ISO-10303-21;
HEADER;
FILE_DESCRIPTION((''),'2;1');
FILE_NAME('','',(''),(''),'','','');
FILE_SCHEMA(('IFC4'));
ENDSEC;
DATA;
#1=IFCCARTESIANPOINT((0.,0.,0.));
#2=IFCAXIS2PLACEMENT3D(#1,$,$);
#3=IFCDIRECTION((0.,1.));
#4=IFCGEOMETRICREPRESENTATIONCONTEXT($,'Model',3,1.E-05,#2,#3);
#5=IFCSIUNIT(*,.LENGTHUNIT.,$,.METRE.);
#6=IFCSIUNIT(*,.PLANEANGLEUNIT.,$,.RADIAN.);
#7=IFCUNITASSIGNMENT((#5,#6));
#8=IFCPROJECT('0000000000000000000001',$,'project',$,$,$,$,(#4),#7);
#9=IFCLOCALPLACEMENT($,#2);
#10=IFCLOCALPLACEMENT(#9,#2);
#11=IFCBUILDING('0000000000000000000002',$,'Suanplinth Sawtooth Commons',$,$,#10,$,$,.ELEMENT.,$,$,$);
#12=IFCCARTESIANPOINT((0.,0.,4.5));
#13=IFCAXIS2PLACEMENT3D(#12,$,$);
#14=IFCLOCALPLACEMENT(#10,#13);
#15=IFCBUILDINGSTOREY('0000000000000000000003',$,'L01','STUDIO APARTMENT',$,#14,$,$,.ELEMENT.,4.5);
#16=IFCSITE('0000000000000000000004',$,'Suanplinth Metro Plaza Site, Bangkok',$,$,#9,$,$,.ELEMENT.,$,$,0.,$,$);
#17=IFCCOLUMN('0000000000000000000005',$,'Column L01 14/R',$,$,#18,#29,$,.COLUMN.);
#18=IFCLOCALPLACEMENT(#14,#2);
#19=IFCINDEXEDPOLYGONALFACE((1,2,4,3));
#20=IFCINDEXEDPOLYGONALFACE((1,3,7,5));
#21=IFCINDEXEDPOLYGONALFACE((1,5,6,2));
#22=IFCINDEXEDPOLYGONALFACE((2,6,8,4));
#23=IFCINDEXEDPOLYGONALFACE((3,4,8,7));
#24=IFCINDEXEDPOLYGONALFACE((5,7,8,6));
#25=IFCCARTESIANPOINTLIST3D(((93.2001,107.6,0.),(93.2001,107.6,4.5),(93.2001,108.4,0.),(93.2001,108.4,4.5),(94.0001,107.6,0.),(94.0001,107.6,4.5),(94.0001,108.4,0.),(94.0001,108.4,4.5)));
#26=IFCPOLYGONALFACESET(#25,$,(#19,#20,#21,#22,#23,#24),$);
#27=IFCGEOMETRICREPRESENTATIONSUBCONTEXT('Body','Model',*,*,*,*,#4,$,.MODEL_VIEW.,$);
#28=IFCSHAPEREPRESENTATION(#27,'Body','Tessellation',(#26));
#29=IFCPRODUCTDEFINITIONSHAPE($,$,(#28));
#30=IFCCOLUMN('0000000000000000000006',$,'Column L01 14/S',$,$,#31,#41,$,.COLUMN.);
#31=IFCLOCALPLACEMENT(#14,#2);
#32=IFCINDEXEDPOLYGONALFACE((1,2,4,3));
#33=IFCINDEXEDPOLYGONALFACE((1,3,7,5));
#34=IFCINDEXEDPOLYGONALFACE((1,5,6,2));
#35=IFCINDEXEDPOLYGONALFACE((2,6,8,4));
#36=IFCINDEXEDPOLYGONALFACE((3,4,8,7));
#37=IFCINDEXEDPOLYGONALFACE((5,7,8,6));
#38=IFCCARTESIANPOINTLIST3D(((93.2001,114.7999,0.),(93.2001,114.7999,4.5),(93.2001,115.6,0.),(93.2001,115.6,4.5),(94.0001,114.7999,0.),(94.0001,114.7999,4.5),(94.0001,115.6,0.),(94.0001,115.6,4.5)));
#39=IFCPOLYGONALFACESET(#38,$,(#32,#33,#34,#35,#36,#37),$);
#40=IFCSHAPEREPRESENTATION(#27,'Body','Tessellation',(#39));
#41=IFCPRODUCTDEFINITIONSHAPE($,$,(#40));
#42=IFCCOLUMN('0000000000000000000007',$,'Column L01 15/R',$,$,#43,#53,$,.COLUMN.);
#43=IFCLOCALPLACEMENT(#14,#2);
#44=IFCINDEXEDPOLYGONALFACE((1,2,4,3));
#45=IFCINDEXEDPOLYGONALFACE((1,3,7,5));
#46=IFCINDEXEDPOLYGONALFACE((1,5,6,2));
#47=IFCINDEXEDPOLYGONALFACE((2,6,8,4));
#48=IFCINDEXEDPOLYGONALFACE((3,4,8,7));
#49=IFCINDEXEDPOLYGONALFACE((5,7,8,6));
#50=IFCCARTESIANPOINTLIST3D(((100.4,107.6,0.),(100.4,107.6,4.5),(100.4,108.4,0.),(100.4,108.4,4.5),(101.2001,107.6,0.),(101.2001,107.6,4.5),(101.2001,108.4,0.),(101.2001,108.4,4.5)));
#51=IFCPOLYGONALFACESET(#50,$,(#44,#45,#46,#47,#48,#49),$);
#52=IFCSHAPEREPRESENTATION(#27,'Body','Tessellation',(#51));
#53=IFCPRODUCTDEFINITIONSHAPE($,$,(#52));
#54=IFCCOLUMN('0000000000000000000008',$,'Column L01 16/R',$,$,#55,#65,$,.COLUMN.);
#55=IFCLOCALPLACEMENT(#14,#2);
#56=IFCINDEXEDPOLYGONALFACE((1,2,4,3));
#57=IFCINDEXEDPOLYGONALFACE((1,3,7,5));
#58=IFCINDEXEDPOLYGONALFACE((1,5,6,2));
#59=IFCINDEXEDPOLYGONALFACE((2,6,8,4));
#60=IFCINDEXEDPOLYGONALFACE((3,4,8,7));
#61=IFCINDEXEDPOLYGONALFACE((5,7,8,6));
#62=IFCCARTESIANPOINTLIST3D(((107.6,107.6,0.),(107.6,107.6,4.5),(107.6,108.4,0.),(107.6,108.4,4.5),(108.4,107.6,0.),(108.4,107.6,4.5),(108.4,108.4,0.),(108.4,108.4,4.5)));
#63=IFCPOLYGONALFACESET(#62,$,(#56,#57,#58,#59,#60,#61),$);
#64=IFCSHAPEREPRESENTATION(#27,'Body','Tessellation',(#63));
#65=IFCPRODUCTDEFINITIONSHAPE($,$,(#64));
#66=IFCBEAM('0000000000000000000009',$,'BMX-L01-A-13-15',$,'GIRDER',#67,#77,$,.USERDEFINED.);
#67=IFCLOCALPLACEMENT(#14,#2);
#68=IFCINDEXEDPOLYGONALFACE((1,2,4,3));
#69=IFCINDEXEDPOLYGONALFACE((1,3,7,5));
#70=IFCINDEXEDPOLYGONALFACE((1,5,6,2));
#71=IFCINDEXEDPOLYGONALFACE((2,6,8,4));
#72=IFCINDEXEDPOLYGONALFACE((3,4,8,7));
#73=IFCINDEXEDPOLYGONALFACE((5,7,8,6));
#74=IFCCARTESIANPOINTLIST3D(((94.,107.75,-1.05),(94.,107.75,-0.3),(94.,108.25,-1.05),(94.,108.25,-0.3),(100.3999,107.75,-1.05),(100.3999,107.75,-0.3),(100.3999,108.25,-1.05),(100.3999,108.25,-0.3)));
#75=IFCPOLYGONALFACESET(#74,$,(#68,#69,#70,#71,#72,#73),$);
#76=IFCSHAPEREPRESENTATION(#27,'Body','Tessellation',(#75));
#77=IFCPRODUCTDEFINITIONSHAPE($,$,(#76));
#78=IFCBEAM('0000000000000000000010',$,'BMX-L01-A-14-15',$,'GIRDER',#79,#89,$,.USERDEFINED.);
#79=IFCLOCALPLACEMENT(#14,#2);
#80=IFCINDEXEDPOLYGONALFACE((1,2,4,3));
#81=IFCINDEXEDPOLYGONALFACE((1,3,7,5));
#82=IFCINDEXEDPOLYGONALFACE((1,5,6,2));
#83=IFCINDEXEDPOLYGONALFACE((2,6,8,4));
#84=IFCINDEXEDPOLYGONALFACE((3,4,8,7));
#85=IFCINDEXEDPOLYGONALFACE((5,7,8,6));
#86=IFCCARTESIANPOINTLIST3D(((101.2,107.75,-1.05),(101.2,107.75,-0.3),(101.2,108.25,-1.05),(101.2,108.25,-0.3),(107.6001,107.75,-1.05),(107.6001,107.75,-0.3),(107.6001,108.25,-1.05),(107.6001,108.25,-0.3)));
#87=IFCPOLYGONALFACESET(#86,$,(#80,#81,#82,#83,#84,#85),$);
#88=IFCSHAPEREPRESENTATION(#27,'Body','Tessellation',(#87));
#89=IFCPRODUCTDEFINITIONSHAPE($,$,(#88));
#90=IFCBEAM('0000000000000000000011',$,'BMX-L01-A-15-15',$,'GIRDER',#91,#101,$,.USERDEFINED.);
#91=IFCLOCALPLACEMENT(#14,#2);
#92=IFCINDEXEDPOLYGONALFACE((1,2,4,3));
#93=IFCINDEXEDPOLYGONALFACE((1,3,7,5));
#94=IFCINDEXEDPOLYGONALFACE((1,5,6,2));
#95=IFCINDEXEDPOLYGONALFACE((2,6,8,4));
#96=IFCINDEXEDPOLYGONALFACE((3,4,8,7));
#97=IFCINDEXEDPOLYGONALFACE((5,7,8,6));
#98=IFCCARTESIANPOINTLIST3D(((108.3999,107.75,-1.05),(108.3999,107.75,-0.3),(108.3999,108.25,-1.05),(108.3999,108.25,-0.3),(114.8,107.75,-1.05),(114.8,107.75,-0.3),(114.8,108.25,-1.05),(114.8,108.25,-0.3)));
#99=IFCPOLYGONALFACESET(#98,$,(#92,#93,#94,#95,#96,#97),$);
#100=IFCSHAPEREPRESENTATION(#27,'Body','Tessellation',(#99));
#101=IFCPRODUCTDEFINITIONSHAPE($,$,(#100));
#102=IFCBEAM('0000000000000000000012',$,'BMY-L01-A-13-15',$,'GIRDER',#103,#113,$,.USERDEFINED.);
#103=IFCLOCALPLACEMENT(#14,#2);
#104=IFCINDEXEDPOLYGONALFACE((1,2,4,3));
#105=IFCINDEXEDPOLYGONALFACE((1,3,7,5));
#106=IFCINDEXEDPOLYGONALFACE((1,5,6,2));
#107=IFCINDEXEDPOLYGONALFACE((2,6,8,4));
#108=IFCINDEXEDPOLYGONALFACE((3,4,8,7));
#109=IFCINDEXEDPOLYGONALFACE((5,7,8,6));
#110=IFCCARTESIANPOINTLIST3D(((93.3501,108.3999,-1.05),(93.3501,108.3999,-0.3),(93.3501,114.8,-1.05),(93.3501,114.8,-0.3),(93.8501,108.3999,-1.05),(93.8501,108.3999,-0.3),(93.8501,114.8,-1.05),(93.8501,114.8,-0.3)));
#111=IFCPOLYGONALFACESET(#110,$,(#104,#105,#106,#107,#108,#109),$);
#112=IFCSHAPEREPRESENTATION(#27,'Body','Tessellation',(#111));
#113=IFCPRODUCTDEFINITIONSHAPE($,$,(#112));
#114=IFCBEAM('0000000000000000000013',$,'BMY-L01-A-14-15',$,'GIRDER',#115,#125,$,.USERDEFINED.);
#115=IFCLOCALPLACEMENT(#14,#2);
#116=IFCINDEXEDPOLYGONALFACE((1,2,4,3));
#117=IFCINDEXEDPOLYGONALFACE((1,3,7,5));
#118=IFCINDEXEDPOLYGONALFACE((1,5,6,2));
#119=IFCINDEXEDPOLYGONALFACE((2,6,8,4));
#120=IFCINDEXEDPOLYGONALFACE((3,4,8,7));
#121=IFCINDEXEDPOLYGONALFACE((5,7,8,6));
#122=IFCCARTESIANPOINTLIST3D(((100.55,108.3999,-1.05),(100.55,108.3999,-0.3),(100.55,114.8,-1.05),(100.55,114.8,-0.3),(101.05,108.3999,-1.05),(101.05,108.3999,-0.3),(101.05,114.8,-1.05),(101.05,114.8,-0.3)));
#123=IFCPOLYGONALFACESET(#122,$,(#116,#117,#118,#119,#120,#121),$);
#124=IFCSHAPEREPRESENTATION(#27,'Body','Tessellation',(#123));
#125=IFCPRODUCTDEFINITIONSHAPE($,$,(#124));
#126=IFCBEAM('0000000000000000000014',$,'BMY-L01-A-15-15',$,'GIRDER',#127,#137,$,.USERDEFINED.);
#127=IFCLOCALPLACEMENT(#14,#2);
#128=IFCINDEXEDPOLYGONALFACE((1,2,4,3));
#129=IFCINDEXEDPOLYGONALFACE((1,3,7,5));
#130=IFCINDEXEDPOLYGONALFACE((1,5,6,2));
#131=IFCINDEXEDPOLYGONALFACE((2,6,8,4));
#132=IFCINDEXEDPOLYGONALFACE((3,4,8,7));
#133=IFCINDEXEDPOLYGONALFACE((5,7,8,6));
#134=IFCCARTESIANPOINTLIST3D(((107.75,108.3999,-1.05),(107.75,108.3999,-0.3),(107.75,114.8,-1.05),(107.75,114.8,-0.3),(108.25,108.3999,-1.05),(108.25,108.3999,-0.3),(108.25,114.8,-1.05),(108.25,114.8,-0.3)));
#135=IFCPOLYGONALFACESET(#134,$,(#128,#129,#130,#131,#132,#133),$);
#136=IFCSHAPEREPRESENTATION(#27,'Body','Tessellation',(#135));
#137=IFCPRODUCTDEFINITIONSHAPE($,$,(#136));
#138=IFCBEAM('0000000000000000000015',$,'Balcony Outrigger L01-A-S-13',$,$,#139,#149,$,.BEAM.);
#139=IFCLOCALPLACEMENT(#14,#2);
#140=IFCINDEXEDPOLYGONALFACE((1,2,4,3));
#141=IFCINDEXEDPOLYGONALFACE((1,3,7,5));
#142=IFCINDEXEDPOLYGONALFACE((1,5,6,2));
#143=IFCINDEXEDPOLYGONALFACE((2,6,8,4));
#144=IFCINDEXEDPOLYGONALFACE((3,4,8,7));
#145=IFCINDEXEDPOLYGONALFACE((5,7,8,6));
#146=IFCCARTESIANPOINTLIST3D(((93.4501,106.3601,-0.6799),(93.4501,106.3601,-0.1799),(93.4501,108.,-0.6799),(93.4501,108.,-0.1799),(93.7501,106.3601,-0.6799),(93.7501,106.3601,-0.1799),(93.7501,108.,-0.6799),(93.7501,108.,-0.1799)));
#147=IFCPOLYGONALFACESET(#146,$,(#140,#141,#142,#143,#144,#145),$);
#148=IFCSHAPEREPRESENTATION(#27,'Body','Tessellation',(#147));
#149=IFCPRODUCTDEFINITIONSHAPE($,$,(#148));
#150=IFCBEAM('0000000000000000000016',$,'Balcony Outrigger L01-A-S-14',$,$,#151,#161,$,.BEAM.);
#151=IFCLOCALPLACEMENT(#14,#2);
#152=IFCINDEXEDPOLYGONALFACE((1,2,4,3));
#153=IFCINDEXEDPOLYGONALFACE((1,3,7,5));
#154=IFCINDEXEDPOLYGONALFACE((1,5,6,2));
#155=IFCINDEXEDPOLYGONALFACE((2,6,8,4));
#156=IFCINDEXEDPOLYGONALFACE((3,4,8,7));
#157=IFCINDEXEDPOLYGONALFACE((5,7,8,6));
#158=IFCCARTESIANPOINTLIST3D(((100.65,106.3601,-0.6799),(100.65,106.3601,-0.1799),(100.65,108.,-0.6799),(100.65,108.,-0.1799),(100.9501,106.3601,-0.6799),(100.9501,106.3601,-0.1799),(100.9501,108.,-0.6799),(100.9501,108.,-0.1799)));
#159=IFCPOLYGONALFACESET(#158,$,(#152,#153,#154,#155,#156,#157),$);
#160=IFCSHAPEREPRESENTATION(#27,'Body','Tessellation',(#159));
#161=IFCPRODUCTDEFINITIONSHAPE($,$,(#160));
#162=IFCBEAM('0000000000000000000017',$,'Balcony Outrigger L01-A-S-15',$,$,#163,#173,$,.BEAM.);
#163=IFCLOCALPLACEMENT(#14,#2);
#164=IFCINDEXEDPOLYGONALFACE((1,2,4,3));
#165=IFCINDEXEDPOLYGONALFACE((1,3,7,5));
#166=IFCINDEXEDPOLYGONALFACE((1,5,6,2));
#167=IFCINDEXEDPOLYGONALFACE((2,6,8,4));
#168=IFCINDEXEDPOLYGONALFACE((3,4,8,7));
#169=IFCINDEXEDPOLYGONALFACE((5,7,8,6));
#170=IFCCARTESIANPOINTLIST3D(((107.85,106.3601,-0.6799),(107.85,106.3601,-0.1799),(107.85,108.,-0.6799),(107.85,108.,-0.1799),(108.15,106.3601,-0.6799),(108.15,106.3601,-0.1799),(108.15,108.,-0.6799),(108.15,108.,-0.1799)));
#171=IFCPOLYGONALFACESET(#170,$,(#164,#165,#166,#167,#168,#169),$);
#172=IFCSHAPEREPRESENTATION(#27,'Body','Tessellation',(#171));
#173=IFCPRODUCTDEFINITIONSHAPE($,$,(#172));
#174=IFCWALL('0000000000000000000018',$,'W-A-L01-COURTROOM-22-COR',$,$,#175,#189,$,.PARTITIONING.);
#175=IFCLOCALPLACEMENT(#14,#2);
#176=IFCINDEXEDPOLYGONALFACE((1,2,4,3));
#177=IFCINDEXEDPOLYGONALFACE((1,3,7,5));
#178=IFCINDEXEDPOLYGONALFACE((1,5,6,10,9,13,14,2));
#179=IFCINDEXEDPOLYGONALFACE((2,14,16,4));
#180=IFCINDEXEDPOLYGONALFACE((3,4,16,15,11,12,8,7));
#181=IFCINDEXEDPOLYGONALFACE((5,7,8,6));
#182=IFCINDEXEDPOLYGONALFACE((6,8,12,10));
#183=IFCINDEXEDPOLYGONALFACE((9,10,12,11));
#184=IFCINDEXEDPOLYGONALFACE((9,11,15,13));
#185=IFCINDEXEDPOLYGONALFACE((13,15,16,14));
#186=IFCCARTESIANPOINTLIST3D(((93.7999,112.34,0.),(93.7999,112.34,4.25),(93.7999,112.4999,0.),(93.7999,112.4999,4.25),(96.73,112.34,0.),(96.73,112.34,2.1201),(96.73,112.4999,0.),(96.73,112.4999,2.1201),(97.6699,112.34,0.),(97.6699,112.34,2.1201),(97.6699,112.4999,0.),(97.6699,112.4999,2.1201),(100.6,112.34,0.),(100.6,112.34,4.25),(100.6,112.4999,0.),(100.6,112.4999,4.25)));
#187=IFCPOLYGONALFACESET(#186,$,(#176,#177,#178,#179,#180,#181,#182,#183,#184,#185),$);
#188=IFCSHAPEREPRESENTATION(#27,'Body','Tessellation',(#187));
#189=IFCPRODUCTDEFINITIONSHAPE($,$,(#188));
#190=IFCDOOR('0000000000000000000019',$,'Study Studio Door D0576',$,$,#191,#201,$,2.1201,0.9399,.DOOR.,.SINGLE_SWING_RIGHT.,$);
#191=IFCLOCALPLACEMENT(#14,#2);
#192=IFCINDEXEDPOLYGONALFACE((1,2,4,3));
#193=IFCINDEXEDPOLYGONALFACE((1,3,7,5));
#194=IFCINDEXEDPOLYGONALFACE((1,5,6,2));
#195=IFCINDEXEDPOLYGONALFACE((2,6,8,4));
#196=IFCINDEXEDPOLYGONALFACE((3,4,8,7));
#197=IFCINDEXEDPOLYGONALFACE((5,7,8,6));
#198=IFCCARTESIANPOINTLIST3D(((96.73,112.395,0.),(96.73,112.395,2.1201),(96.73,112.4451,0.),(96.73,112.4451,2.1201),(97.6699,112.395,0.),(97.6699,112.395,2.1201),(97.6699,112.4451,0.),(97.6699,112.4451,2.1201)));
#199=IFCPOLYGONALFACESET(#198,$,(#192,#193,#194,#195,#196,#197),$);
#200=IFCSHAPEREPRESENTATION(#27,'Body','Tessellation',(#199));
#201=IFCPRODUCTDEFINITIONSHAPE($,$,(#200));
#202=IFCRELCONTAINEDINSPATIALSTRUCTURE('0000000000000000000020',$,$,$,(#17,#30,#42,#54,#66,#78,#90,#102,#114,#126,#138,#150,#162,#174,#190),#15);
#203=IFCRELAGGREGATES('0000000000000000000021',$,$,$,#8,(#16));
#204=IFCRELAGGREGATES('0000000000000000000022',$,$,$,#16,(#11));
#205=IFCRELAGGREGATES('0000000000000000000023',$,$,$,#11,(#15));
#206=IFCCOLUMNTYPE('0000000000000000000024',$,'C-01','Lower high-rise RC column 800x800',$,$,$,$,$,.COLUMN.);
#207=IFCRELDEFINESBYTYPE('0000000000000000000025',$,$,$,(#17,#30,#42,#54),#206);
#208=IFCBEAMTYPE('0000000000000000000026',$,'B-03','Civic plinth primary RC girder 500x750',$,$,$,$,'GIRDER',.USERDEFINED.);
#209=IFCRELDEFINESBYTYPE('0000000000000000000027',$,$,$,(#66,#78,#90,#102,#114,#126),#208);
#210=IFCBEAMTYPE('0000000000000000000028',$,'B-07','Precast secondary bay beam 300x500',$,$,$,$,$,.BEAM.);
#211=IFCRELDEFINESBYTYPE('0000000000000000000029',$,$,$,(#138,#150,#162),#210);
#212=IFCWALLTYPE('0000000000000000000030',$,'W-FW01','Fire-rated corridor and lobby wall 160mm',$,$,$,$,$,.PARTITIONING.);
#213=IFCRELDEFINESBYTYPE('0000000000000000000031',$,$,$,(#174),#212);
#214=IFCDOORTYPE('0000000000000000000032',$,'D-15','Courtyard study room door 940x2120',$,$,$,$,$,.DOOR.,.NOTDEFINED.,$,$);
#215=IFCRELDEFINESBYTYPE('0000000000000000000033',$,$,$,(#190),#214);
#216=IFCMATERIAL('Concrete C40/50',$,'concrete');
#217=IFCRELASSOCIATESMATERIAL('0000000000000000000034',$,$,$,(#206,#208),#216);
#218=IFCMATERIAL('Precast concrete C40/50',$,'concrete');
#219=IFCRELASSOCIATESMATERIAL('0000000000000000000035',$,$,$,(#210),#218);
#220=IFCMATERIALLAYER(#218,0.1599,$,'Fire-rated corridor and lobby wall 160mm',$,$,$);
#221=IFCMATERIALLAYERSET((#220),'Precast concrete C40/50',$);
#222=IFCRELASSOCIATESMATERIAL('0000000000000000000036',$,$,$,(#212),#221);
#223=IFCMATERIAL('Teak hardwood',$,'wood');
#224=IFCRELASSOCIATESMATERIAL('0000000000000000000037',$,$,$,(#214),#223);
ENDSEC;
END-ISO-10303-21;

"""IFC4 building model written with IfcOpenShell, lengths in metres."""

from ifc_helpers import new_model, si_unit, direction, frame, frame_2d, origin, origin_2d, place, context, subcontext, project, spatial, rectangle, extrude, material, layer, layer_set, material_profile, profile_set, type_object, element, fill, save


model = new_model("IFC4")

# Units and contexts
model_context = context("Model", 3, precision=1e-05, world=origin(), true_north=direction((0.0, 1.0)))
body_context = subcontext(model_context, "Body", "Model", "MODEL_VIEW")
ifc_project = project(units=[si_unit("LENGTHUNIT", "METRE"), si_unit("PLANEANGLEUNIT", "RADIAN")], contexts=[model_context])

# Site, building, storey
site_placement = place(None, origin())
site = spatial("IfcSite", under=ifc_project, at=site_placement, Name="Suanplinth Metro Plaza Site, Bangkok", CompositionType="ELEMENT", RefElevation=0.0)
building_placement = place(site_placement, origin())
building = spatial("IfcBuilding", under=site, at=building_placement, Name="Suanplinth Sawtooth Commons", CompositionType="ELEMENT")
storey_placement = place(building_placement, frame((0.0, 0.0, 4.5)))
storey = spatial("IfcBuildingStorey", under=building, at=storey_placement, Name="L01", Description="STUDIO APARTMENT", CompositionType="ELEMENT", Elevation=4.5)

# Columns
ifc_material_1 = material(Name="Concrete C40/50", Category="concrete")
ifc_material_profile_1 = material_profile(ifc_material_1, rectangle(XDim=0.8, YDim=0.8, at=origin_2d()), Name="RC-COL 800x800")
ifc_profile_set_1 = profile_set([ifc_material_profile_1], Name="Concrete C40/50")
column_type = type_object("IfcColumnType", Name="C-01", Description="Lower high-rise RC column 800x800", PredefinedType="COLUMN", material=ifc_profile_set_1)
for number, where, z_axis, x_axis, name in (
    (1, (93.6001, 108.0, 0.0), (0.0, 0.0, 1.0), (1.0, 0.0, 0.0), "Column L01 14/R"),
    (2, (93.6001, 115.2, 0.0), (0.0, 0.0, 1.0), (1.0, 0.0, 0.0), "Column L01 14/S"),
    (3, (100.8, 108.0, 0.0), (0.0, 0.0, 1.0), (1.0, 0.0, 0.0), "Column L01 15/R"),
    (4, (108.0, 108.0, 0.0), (0.0, 0.0, 1.0), (1.0, 0.0, 0.0), "Column L01 16/R"),
):
    element("IfcColumn", number, at=place(storey_placement, frame(where, z_axis=z_axis, x_axis=x_axis)), inside=storey, type_object=column_type, Name=name, PredefinedType="COLUMN", context=body_context, shape_type="SweptSolid", body=[
        extrude(rectangle(XDim=0.8, YDim=0.8, at=origin_2d()), origin(), (0.0, 0.0, 1.0), 4.5),
    ])

# Beams
ifc_material_profile_2 = material_profile(ifc_material_1, rectangle(XDim=0.5, YDim=0.75, at=origin_2d()), Name="RC-GDR 500x750")
ifc_profile_set_2 = profile_set([ifc_material_profile_2], Name="Concrete C40/50")
beam_type_1 = type_object("IfcBeamType", Name="B-03", Description="Civic plinth primary RC girder 500x750", ElementType="GIRDER", PredefinedType="USERDEFINED", material=ifc_profile_set_2)
beam_placement = place(storey_placement, frame((94.0, 108.0, -0.675), z_axis=(1.0, 0.0, 0.0), x_axis=(0.0, 1.0, 0.0)))
element("IfcBeam", 5, at=beam_placement, inside=storey, type_object=beam_type_1, Name="BMX-L01-A-13-15", ObjectType="GIRDER", PredefinedType="USERDEFINED", context=body_context, shape_type="SweptSolid", body=[
    extrude(rectangle(XDim=0.5, YDim=0.75, at=origin_2d()), origin(), (0.0, 0.0, 1.0), 6.3999),
])
for number, where, z_axis, x_axis, name in (
    (6, (101.2, 108.0, -0.675), (1.0, 0.0, 0.0), (0.0, 1.0, 0.0), "BMX-L01-A-14-15"),
    (7, (108.3999, 108.0, -0.675), (1.0, 0.0, 0.0), (0.0, 1.0, 0.0), "BMX-L01-A-15-15"),
    (8, (93.6001, 108.3999, -0.675), (0.0, 1.0, 0.0), (-1.0, 0.0, 0.0), "BMY-L01-A-13-15"),
    (9, (100.8, 108.3999, -0.675), (0.0, 1.0, 0.0), (-1.0, 0.0, 0.0), "BMY-L01-A-14-15"),
    (10, (108.0, 108.3999, -0.675), (0.0, 1.0, 0.0), (-1.0, 0.0, 0.0), "BMY-L01-A-15-15"),
):
    element("IfcBeam", number, at=place(storey_placement, frame(where, z_axis=z_axis, x_axis=x_axis)), inside=storey, type_object=beam_type_1, Name=name, ObjectType="GIRDER", PredefinedType="USERDEFINED", context=body_context, shape_type="SweptSolid", body=[
        extrude(rectangle(XDim=0.5, YDim=0.75, at=origin_2d()), origin(), (0.0, 0.0, 1.0), 6.4001),
    ])
ifc_material_2 = material(Name="Precast concrete C40/50", Category="concrete")
ifc_material_profile_3 = material_profile(ifc_material_2, rectangle(XDim=0.3, YDim=0.5, at=origin_2d()), Name="PC-BM 300x500")
ifc_profile_set_3 = profile_set([ifc_material_profile_3], Name="Precast concrete C40/50")
beam_type_2 = type_object("IfcBeamType", Name="B-07", Description="Precast secondary bay beam 300x500", PredefinedType="BEAM", material=ifc_profile_set_3)
for number, where, z_axis, x_axis, name in (
    (11, (93.6001, 108.0, -0.4299), (0.0, -1.0, 0.0), (1.0, 0.0, 0.0), "Balcony Outrigger L01-A-S-13"),
    (12, (100.8, 108.0, -0.4299), (0.0, -1.0, 0.0), (1.0, 0.0, 0.0), "Balcony Outrigger L01-A-S-14"),
    (13, (108.0, 108.0, -0.4299), (0.0, -1.0, 0.0), (1.0, 0.0, 0.0), "Balcony Outrigger L01-A-S-15"),
):
    element("IfcBeam", number, at=place(storey_placement, frame(where, z_axis=z_axis, x_axis=x_axis)), inside=storey, type_object=beam_type_2, Name=name, PredefinedType="BEAM", context=body_context, shape_type="SweptSolid", body=[
        extrude(rectangle(XDim=0.3, YDim=0.5, at=origin_2d()), origin(), (0.0, 0.0, 1.0), 1.6399),
    ])

# Wall, opening, door
ifc_layer_1 = layer(ifc_material_2, 0.1599, Name="Fire-rated corridor and lobby wall 160mm")
ifc_layer_set_1 = layer_set([ifc_layer_1], Name="Precast concrete C40/50")
wall_type_1 = type_object("IfcWallType", Name="W-FW01", Description="Fire-rated corridor and lobby wall 160mm", PredefinedType="PARTITIONING", material=ifc_layer_set_1)
wall_1_placement = place(storey_placement, frame((93.8, 112.4199, 0.0), z_axis=(0.0, 0.0, 1.0), x_axis=(1.0, 0.0, 0.0)))
wall_1 = element("IfcWall", 14, at=wall_1_placement, inside=storey, type_object=wall_type_1, Name="W-A-L01-COURTROOM-22-COR", PredefinedType="PARTITIONING", context=body_context, shape_type="SweptSolid", body=[
    extrude(rectangle(XDim=6.8, YDim=0.1599, at=frame_2d((3.3999, 0.0))), origin(), (0.0, 0.0, 1.0), 4.25),
])
opening_1_placement = place(wall_1_placement, frame((2.9299, 0.0, 0.0)))
opening_1 = element("IfcOpeningElement", 15, at=opening_1_placement, cuts=wall_1, PredefinedType="OPENING", context=body_context, shape_type="SweptSolid", body=[
    extrude(rectangle(XDim=0.9399, YDim=2.1201, at=frame_2d((0.47, 1.0601))), frame((0.0, 0.0947, 0.0), z_axis=(0.0, -1.0, 0.0), x_axis=(1.0, 0.0, 0.0)), (0.0, 0.0, 1.0), 0.1897),
])
ifc_material_3 = material(Name="Teak hardwood", Category="wood")
door_type_1 = type_object("IfcDoorType", Name="D-15", Description="Courtyard study room door 940x2120", OperationType="NOTDEFINED", PredefinedType="DOOR", material=ifc_material_3)
door_1_placement = place(opening_1_placement, frame((0.9399, 0.0, 0.0), z_axis=(0.0, 0.0, 1.0), x_axis=(-1.0, 0.0, 0.0)))
door_1 = element("IfcDoor", 16, at=door_1_placement, inside=storey, type_object=door_type_1, Name="Study Studio Door D0576", OperationType="SINGLE_SWING_RIGHT", OverallHeight=2.1201, OverallWidth=0.9399, PredefinedType="DOOR", context=body_context, shape_type="SweptSolid", body=[
    extrude(rectangle(XDim=0.9399, YDim=2.1201, at=frame_2d((0.47, 1.0601))), frame((0.0, 0.0249, 0.0), z_axis=(0.0, -1.0, 0.0), x_axis=(1.0, 0.0, 0.0)), (0.0, 0.0, 1.0), 0.05),
])
fill(opening_1, door_1)

save(model, "model.ifc")
